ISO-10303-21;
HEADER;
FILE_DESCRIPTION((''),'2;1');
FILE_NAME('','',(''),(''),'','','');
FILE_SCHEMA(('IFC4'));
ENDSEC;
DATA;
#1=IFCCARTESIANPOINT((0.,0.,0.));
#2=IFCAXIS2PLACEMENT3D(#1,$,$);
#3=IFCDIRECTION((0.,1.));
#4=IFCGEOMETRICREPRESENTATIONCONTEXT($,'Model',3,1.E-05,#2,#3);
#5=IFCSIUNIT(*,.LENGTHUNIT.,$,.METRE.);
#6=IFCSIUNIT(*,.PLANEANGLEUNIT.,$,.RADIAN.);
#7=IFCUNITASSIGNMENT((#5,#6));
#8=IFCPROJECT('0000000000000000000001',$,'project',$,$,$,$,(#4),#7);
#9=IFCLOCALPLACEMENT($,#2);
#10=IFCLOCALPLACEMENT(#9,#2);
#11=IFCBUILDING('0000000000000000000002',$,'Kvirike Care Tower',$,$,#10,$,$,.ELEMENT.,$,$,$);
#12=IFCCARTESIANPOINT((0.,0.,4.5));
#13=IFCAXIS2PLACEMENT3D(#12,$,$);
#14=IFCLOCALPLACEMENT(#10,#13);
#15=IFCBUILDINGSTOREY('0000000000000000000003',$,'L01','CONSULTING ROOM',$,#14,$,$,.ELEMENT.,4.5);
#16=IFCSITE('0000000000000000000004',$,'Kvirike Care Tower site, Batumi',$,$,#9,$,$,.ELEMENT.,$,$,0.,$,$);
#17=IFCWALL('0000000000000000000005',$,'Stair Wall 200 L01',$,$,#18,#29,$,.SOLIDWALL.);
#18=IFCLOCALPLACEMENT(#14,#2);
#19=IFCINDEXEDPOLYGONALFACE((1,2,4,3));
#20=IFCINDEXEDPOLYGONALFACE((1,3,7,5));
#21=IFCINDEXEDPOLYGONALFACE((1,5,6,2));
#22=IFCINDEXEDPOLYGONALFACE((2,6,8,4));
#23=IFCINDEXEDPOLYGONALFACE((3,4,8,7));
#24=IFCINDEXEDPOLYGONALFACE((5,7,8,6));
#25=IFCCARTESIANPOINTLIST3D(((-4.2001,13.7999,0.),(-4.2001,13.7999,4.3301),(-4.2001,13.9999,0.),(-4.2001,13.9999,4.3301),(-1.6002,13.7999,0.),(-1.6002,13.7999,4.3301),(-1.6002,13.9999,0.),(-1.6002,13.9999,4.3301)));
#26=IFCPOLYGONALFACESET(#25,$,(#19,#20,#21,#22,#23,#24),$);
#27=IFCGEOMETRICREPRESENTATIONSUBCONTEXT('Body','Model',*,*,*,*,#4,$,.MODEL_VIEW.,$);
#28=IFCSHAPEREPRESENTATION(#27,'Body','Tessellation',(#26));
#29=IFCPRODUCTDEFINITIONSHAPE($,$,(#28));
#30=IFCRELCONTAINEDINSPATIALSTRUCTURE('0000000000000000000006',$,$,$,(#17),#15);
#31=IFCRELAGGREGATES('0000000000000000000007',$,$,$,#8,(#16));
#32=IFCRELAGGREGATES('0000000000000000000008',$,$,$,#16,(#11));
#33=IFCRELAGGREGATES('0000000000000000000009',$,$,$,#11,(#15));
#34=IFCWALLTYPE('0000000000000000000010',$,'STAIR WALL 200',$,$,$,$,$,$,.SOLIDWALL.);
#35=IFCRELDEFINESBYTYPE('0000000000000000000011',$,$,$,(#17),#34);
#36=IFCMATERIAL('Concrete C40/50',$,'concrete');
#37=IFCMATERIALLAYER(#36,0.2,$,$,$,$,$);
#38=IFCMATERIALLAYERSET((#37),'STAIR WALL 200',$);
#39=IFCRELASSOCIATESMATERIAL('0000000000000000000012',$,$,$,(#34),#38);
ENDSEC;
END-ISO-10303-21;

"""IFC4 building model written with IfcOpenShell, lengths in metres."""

from ifc_helpers import new_model, si_unit, direction, frame, frame_2d, origin, place, context, subcontext, project, spatial, rectangle, extrude, material, layer, layer_set, type_object, element, save


model = new_model("IFC4")

# Units and contexts
model_context = context("Model", 3, precision=1e-05, world=origin(), true_north=direction((0.0, 1.0)))
body_context = subcontext(model_context, "Body", "Model", "MODEL_VIEW")
ifc_project = project(units=[si_unit("LENGTHUNIT", "METRE"), si_unit("PLANEANGLEUNIT", "RADIAN")], contexts=[model_context])

# Site, building, storey
site_placement = place(None, origin())
site = spatial("IfcSite", under=ifc_project, at=site_placement, Name="Kvirike Care Tower site, Batumi", CompositionType="ELEMENT", RefElevation=0.0)
building_placement = place(site_placement, origin())
building = spatial("IfcBuilding", under=site, at=building_placement, Name="Kvirike Care Tower", CompositionType="ELEMENT")
storey_placement = place(building_placement, frame((0.0, 0.0, 4.5)))
storey = spatial("IfcBuildingStorey", under=building, at=storey_placement, Name="L01", Description="CONSULTING ROOM", CompositionType="ELEMENT", Elevation=4.5)

# Wall
ifc_material_1 = material(Name="Concrete C40/50", Category="concrete")
ifc_layer_1 = layer(ifc_material_1, 0.2)
ifc_layer_set_1 = layer_set([ifc_layer_1], Name="STAIR WALL 200")
wall_type = type_object("IfcWallType", Name="STAIR WALL 200", PredefinedType="SOLIDWALL", material=ifc_layer_set_1)
wall_placement = place(storey_placement, frame((-4.2, 13.8999, 0.0), z_axis=(0.0, 0.0, 1.0), x_axis=(1.0, 0.0, 0.0)))
element("IfcWall", 1, at=wall_placement, inside=storey, type_object=wall_type, Name="Stair Wall 200 L01", PredefinedType="SOLIDWALL", context=body_context, shape_type="SweptSolid", body=[
    extrude(rectangle(XDim=2.5999, YDim=0.2, at=frame_2d((1.2998, 0.0))), origin(), (0.0, 0.0, 1.0), 4.3301),
])

save(model, "model.ifc")
